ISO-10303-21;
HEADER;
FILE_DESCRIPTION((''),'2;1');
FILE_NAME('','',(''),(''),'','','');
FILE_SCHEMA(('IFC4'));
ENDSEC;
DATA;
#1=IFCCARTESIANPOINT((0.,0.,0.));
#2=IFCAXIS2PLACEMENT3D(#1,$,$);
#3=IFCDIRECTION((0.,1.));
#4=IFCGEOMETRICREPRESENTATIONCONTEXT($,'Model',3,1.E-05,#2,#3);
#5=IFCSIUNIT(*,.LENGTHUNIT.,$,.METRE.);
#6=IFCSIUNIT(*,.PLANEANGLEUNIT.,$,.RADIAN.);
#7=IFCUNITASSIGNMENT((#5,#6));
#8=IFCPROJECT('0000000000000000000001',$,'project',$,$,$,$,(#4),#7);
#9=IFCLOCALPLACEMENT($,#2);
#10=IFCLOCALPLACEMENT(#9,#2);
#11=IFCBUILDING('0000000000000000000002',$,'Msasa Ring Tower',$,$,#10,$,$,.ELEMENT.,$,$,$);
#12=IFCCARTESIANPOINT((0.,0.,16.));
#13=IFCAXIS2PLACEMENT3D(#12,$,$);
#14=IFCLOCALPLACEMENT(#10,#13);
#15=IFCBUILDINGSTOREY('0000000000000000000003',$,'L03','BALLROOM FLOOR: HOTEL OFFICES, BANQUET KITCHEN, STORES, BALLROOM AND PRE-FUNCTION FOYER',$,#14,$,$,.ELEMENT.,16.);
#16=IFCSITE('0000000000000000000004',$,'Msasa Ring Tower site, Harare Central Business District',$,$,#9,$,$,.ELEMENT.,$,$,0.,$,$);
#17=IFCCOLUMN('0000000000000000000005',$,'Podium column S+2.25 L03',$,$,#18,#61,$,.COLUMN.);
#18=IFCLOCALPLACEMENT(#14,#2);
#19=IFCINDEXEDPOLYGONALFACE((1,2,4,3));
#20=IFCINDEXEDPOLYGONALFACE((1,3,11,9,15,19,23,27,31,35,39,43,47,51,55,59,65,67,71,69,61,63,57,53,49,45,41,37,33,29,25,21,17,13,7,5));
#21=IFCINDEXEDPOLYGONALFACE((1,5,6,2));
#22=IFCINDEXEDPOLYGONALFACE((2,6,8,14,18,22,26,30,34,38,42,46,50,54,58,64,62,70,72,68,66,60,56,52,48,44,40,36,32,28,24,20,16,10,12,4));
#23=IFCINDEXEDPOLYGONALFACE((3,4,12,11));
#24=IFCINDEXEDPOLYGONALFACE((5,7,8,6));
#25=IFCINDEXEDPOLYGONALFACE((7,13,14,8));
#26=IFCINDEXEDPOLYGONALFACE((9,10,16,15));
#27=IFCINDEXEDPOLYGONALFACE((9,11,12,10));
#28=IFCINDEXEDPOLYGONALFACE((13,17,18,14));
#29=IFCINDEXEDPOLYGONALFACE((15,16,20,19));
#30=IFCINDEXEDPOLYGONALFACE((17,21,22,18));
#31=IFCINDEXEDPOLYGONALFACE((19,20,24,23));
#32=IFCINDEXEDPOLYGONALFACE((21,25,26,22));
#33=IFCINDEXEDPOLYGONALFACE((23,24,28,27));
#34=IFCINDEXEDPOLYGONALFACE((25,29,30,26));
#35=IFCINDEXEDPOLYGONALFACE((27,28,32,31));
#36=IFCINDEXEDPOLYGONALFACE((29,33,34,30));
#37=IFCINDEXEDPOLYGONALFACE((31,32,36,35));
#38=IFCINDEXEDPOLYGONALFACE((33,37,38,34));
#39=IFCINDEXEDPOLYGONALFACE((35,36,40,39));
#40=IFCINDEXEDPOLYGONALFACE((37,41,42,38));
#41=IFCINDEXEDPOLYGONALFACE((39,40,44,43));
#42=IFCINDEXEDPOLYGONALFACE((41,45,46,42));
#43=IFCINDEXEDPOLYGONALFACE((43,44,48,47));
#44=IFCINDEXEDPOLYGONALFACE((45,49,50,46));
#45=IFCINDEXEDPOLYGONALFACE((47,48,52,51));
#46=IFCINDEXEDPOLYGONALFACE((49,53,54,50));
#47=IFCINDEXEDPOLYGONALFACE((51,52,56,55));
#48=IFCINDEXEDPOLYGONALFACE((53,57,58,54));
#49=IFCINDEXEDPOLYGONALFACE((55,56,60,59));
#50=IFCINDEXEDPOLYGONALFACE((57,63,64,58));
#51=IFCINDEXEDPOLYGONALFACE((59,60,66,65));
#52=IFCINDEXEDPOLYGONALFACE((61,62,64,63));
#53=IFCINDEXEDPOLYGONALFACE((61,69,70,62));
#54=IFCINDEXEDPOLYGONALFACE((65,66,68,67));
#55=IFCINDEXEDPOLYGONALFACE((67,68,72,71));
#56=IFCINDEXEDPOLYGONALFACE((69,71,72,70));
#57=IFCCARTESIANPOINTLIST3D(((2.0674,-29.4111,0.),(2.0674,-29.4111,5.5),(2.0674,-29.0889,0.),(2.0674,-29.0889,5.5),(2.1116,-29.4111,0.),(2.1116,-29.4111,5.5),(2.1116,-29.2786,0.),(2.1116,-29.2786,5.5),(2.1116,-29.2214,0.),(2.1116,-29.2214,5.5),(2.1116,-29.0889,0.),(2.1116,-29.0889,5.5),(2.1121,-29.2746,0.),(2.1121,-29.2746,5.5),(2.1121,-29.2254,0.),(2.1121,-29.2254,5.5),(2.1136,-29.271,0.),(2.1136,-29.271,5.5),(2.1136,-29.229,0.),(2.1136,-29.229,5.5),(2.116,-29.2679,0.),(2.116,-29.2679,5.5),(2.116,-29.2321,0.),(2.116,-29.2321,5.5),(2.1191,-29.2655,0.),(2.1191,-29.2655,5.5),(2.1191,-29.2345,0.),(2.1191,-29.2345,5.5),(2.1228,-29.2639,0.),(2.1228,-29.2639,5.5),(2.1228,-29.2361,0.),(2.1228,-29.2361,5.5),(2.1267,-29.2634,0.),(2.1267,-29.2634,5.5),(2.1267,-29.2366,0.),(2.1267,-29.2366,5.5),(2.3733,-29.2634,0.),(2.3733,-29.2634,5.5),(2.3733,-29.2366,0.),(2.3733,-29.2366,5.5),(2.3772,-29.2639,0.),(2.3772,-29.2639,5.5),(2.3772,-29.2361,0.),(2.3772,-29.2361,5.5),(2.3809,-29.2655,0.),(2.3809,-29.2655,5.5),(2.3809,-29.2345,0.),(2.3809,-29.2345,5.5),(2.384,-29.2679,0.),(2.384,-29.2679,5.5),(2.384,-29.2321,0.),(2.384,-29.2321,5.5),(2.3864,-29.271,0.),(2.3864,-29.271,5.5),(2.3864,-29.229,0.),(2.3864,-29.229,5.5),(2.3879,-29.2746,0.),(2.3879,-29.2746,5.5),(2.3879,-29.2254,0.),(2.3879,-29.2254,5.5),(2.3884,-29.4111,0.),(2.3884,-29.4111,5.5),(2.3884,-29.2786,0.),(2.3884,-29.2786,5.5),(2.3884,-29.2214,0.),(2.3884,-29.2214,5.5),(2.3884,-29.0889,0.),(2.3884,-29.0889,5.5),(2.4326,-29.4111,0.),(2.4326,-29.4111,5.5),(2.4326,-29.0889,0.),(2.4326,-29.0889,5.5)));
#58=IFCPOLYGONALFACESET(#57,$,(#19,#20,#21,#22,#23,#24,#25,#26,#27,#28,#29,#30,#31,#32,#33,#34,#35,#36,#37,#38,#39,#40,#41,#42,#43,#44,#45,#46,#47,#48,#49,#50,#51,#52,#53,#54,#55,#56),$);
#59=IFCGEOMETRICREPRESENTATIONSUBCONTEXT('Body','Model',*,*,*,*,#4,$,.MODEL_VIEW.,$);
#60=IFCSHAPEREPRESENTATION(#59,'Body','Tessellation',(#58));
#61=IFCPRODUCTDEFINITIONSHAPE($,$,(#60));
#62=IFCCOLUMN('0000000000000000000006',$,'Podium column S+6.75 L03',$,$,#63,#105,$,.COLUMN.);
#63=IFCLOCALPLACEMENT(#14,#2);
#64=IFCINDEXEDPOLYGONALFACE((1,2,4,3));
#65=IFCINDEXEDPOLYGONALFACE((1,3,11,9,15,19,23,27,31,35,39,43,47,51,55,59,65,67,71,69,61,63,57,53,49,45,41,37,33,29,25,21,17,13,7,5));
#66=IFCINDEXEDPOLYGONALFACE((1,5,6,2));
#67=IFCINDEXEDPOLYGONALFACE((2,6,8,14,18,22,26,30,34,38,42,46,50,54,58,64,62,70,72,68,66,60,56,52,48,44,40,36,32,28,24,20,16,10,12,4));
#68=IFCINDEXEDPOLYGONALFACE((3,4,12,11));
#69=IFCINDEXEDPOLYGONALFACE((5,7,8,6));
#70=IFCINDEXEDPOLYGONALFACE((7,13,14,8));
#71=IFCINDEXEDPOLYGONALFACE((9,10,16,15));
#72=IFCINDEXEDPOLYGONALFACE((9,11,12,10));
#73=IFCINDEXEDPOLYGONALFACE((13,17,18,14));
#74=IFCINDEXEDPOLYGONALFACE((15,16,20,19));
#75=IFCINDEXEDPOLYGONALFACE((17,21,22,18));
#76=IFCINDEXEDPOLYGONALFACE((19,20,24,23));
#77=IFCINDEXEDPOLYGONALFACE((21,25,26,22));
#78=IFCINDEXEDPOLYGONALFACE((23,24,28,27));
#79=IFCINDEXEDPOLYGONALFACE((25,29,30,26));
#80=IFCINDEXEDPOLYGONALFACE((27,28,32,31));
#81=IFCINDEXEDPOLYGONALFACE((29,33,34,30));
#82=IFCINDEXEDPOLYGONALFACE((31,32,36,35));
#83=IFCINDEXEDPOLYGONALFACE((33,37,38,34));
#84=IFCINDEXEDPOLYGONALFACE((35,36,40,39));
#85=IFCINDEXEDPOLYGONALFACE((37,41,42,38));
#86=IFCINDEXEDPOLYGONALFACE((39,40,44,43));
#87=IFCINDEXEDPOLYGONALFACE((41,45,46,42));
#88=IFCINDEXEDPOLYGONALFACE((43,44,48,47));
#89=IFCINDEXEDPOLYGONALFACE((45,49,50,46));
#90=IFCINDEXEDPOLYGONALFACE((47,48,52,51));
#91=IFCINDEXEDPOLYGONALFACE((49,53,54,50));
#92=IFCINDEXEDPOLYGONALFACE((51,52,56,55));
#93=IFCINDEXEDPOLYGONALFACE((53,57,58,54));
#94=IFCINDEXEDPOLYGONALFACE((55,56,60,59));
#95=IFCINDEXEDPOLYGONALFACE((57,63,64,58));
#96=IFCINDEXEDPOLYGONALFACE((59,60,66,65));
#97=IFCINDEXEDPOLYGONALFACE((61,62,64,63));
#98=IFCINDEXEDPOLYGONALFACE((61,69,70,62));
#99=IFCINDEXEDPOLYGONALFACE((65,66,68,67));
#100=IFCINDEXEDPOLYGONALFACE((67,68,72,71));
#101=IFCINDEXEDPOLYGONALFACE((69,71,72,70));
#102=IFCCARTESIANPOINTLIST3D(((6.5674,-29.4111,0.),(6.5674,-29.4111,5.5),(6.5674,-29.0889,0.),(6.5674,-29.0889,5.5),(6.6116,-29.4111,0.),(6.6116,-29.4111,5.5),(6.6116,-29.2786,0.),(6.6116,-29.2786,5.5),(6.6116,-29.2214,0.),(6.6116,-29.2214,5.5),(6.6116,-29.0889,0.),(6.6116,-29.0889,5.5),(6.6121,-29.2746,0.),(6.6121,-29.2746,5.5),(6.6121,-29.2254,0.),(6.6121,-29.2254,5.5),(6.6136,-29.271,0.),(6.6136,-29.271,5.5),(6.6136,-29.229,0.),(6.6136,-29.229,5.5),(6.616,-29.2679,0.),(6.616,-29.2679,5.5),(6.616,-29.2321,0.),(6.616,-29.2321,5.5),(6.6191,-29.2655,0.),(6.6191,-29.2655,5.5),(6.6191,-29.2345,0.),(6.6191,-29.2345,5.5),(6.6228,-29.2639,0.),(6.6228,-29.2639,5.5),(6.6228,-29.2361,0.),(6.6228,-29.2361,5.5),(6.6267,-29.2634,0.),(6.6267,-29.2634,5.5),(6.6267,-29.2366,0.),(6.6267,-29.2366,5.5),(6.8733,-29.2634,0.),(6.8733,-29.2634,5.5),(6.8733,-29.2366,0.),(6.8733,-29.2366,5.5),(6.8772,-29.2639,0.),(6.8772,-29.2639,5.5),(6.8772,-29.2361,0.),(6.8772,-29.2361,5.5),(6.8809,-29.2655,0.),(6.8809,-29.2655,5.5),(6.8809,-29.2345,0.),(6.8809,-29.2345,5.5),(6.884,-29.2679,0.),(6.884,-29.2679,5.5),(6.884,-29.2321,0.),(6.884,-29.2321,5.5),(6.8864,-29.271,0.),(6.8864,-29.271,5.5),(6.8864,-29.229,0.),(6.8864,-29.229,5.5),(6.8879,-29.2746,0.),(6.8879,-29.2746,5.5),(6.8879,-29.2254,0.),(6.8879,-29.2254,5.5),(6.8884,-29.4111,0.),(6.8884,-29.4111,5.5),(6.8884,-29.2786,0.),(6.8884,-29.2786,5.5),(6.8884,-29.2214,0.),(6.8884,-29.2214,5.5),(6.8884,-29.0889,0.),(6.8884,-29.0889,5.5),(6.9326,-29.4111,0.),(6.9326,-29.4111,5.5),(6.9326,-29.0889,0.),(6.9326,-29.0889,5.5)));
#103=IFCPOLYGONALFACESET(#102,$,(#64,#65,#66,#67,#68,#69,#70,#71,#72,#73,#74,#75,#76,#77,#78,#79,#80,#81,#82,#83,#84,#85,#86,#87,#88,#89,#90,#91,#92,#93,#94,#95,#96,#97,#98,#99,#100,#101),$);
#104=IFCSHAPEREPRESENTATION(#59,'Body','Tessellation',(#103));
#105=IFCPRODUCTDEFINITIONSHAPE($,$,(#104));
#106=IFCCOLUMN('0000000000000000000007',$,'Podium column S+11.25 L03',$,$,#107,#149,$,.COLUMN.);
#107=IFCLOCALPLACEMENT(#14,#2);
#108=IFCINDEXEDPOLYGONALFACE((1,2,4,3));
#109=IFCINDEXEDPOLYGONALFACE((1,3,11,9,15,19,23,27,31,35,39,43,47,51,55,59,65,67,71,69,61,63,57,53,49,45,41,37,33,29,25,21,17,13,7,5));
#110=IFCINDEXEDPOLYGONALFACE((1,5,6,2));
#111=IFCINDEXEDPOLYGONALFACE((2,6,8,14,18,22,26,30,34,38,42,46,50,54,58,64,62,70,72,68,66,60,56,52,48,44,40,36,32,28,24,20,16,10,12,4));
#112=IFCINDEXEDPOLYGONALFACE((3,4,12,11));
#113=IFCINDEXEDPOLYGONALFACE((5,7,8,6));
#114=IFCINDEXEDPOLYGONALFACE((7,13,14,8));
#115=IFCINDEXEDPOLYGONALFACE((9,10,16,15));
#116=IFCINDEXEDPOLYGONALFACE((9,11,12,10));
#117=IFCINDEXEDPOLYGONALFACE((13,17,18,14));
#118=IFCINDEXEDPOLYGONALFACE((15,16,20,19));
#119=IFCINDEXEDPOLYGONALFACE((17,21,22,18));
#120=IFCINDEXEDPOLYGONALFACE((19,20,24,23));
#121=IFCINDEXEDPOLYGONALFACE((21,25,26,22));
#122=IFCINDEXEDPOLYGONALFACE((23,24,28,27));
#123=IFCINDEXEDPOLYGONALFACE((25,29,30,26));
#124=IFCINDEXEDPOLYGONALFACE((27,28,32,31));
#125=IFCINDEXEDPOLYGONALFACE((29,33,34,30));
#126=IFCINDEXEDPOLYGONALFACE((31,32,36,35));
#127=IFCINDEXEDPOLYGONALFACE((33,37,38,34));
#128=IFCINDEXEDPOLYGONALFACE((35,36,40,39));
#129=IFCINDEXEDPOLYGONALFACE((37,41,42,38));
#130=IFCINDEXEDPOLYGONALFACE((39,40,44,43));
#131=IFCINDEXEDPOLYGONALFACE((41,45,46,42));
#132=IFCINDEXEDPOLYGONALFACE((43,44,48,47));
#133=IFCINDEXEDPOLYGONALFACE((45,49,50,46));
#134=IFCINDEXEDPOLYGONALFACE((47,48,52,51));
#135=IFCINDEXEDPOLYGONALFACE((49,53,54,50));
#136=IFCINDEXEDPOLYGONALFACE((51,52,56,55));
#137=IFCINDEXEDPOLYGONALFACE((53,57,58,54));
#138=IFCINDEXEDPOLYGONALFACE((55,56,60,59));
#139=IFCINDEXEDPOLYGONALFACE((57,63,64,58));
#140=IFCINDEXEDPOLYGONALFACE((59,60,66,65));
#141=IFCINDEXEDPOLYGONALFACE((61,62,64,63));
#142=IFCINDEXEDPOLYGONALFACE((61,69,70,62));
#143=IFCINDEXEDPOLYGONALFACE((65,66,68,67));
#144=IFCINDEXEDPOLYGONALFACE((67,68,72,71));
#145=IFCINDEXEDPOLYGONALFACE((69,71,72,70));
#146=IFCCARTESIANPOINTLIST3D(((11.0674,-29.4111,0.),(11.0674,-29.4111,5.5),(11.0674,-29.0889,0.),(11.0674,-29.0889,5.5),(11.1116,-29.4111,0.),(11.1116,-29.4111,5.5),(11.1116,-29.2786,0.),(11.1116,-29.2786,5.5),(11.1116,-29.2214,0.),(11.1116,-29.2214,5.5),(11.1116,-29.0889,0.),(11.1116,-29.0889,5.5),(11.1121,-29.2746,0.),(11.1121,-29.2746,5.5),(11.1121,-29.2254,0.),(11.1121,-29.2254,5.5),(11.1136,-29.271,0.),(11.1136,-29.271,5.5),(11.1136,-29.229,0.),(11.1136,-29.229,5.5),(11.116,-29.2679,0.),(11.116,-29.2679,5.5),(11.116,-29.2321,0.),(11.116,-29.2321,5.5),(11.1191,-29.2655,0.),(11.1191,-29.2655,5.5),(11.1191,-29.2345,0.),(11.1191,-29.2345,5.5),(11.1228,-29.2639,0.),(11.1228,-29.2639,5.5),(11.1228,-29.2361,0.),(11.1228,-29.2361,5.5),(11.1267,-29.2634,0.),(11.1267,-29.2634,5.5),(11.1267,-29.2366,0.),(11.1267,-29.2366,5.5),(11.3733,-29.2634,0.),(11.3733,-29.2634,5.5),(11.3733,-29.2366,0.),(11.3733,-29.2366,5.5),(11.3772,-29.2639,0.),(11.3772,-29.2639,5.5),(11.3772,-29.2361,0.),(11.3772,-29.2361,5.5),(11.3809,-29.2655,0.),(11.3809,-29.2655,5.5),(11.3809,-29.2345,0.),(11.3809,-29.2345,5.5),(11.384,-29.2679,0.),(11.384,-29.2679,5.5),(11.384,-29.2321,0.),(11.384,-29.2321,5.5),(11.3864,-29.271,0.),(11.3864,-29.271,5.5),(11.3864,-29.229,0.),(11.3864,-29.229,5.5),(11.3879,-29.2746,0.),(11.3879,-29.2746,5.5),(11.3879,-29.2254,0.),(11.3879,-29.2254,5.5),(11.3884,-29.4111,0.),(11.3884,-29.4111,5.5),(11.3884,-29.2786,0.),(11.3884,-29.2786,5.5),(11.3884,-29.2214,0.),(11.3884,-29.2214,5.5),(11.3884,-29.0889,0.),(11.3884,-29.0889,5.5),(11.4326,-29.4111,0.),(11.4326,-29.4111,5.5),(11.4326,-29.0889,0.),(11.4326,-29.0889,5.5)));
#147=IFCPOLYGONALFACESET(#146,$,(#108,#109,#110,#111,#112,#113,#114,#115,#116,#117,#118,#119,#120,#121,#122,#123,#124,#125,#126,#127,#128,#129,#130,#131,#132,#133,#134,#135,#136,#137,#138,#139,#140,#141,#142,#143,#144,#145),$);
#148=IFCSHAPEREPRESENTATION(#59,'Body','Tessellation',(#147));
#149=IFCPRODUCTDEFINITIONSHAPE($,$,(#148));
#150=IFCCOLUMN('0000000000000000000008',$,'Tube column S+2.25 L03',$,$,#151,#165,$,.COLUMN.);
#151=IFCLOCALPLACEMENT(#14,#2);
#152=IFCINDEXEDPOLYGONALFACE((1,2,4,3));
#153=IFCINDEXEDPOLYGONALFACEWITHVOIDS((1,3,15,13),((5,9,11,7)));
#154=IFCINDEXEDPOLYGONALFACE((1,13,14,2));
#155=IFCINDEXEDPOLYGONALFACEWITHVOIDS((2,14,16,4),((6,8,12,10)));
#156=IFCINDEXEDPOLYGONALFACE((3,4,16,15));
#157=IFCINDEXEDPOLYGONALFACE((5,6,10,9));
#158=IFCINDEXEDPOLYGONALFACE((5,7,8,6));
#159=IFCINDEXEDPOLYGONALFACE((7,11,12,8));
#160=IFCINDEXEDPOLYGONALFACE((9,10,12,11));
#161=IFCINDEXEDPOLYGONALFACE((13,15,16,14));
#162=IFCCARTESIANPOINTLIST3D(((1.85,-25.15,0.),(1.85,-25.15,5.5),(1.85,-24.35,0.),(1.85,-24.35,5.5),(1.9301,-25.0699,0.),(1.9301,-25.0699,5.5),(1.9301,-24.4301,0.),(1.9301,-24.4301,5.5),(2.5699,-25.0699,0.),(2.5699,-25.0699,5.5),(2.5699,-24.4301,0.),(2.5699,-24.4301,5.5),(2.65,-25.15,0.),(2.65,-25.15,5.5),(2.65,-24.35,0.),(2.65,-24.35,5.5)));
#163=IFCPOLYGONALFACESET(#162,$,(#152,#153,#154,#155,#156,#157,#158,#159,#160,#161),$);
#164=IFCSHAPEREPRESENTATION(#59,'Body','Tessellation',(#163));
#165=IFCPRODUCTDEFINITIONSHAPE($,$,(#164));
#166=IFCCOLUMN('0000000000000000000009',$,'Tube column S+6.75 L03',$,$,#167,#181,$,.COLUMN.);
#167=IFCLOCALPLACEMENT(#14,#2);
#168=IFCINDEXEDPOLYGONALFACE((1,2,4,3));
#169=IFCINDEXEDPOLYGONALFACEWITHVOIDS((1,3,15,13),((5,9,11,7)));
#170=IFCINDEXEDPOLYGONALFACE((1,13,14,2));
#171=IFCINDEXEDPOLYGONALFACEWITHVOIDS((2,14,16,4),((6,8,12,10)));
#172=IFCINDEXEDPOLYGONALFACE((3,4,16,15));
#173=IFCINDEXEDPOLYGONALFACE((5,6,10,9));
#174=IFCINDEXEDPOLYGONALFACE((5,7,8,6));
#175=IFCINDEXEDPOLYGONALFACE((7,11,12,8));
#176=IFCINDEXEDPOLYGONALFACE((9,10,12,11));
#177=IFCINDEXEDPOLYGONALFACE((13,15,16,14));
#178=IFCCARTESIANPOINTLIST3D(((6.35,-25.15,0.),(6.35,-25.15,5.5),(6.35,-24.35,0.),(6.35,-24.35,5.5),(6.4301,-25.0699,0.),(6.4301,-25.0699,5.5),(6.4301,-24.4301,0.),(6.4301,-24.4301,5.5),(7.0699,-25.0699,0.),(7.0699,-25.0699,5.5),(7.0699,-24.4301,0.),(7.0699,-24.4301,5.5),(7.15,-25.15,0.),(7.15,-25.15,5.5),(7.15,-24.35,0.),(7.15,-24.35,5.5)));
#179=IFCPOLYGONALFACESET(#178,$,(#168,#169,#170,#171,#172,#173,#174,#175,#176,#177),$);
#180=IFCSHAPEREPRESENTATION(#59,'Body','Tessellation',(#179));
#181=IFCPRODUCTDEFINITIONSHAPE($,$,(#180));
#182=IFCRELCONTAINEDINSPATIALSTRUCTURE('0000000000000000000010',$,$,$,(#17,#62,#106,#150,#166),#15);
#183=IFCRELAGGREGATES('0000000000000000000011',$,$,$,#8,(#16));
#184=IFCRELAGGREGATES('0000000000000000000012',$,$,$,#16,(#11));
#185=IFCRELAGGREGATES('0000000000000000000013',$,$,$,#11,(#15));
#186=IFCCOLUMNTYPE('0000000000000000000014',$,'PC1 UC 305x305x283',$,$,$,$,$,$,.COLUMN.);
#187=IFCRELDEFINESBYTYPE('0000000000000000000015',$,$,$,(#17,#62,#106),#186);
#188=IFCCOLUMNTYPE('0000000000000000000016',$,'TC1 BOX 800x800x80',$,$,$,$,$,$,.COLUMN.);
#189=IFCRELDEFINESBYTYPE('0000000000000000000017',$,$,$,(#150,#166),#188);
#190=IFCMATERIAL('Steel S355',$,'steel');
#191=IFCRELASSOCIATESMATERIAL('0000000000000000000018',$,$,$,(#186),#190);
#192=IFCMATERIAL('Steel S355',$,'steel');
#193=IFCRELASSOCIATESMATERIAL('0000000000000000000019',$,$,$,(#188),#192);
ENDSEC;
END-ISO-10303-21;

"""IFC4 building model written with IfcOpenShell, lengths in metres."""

from ifc_helpers import new_model, si_unit, direction, frame, origin, origin_2d, place, context, subcontext, project, spatial, hollow_rectangle, i_section, extrude, material, material_profile, profile_set, type_object, element, save


model = new_model("IFC4")

# Units and contexts
model_context = context("Model", 3, precision=1e-05, world=origin(), true_north=direction((0.0, 1.0)))
body_context = subcontext(model_context, "Body", "Model", "MODEL_VIEW")
ifc_project = project(units=[si_unit("LENGTHUNIT", "METRE"), si_unit("PLANEANGLEUNIT", "RADIAN")], contexts=[model_context])

# Site, building, storey
site_placement = place(None, origin())
site = spatial("IfcSite", under=ifc_project, at=site_placement, Name="Msasa Ring Tower site, Harare Central Business District", CompositionType="ELEMENT", RefElevation=0.0)
building_placement = place(site_placement, origin())
building = spatial("IfcBuilding", under=site, at=building_placement, Name="Msasa Ring Tower", CompositionType="ELEMENT")
storey_placement = place(building_placement, frame((0.0, 0.0, 16.0)))
storey = spatial("IfcBuildingStorey", under=building, at=storey_placement, Name="L03", Description="BALLROOM FLOOR: HOTEL OFFICES, BANQUET KITCHEN, STORES, BALLROOM AND PRE-FUNCTION FOYER", CompositionType="ELEMENT", Elevation=16.0)

# Columns
ifc_material_1 = material(Name="Steel S355", Category="steel")
ifc_material_profile_1 = material_profile(ifc_material_1, i_section(OverallWidth=0.3223, OverallDepth=0.3652, WebThickness=0.0269, FlangeThickness=0.0442, FilletRadius=0.0151, at=origin_2d()), Name="UC 305x305x283")
ifc_profile_set_1 = profile_set([ifc_material_profile_1], Name="Steel S355")
column_type_1 = type_object("IfcColumnType", Name="PC1 UC 305x305x283", PredefinedType="COLUMN", material=ifc_profile_set_1)
for number, where, z_axis, x_axis, name in (
    (1, (2.25, -29.25, 0.0), (0.0, 0.0, 1.0), (0.0, 1.0, 0.0), "Podium column S+2.25 L03"),
    (2, (6.75, -29.25, 0.0), (0.0, 0.0, 1.0), (0.0, 1.0, 0.0), "Podium column S+6.75 L03"),
    (3, (11.25, -29.25, 0.0), (0.0, 0.0, 1.0), (0.0, 1.0, 0.0), "Podium column S+11.25 L03"),
):
    element("IfcColumn", number, at=place(storey_placement, frame(where, z_axis=z_axis, x_axis=x_axis)), inside=storey, type_object=column_type_1, Name=name, PredefinedType="COLUMN", context=body_context, shape_type="SweptSolid", body=[
        extrude(i_section(OverallWidth=0.3223, OverallDepth=0.3652, WebThickness=0.0269, FlangeThickness=0.0442, FilletRadius=0.0151, at=origin_2d()), origin(), (0.0, 0.0, 1.0), 5.5),
    ])
ifc_material_2 = material(Name="Steel S355", Category="steel")
ifc_material_profile_2 = material_profile(ifc_material_2, hollow_rectangle(XDim=0.8, YDim=0.8, WallThickness=0.0801, at=origin_2d()), Name="BOX 800x800x80")
ifc_profile_set_2 = profile_set([ifc_material_profile_2], Name="Steel S355")
column_type_2 = type_object("IfcColumnType", Name="TC1 BOX 800x800x80", PredefinedType="COLUMN", material=ifc_profile_set_2)
for number, where, z_axis, x_axis, name in (
    (4, (2.25, -24.75, 0.0), (0.0, 0.0, 1.0), (0.0, 1.0, 0.0), "Tube column S+2.25 L03"),
    (5, (6.75, -24.75, 0.0), (0.0, 0.0, 1.0), (0.0, 1.0, 0.0), "Tube column S+6.75 L03"),
):
    element("IfcColumn", number, at=place(storey_placement, frame(where, z_axis=z_axis, x_axis=x_axis)), inside=storey, type_object=column_type_2, Name=name, PredefinedType="COLUMN", context=body_context, shape_type="SweptSolid", body=[
        extrude(hollow_rectangle(XDim=0.8, YDim=0.8, WallThickness=0.0801, at=origin_2d()), origin(), (0.0, 0.0, 1.0), 5.5),
    ])

save(model, "model.ifc")
